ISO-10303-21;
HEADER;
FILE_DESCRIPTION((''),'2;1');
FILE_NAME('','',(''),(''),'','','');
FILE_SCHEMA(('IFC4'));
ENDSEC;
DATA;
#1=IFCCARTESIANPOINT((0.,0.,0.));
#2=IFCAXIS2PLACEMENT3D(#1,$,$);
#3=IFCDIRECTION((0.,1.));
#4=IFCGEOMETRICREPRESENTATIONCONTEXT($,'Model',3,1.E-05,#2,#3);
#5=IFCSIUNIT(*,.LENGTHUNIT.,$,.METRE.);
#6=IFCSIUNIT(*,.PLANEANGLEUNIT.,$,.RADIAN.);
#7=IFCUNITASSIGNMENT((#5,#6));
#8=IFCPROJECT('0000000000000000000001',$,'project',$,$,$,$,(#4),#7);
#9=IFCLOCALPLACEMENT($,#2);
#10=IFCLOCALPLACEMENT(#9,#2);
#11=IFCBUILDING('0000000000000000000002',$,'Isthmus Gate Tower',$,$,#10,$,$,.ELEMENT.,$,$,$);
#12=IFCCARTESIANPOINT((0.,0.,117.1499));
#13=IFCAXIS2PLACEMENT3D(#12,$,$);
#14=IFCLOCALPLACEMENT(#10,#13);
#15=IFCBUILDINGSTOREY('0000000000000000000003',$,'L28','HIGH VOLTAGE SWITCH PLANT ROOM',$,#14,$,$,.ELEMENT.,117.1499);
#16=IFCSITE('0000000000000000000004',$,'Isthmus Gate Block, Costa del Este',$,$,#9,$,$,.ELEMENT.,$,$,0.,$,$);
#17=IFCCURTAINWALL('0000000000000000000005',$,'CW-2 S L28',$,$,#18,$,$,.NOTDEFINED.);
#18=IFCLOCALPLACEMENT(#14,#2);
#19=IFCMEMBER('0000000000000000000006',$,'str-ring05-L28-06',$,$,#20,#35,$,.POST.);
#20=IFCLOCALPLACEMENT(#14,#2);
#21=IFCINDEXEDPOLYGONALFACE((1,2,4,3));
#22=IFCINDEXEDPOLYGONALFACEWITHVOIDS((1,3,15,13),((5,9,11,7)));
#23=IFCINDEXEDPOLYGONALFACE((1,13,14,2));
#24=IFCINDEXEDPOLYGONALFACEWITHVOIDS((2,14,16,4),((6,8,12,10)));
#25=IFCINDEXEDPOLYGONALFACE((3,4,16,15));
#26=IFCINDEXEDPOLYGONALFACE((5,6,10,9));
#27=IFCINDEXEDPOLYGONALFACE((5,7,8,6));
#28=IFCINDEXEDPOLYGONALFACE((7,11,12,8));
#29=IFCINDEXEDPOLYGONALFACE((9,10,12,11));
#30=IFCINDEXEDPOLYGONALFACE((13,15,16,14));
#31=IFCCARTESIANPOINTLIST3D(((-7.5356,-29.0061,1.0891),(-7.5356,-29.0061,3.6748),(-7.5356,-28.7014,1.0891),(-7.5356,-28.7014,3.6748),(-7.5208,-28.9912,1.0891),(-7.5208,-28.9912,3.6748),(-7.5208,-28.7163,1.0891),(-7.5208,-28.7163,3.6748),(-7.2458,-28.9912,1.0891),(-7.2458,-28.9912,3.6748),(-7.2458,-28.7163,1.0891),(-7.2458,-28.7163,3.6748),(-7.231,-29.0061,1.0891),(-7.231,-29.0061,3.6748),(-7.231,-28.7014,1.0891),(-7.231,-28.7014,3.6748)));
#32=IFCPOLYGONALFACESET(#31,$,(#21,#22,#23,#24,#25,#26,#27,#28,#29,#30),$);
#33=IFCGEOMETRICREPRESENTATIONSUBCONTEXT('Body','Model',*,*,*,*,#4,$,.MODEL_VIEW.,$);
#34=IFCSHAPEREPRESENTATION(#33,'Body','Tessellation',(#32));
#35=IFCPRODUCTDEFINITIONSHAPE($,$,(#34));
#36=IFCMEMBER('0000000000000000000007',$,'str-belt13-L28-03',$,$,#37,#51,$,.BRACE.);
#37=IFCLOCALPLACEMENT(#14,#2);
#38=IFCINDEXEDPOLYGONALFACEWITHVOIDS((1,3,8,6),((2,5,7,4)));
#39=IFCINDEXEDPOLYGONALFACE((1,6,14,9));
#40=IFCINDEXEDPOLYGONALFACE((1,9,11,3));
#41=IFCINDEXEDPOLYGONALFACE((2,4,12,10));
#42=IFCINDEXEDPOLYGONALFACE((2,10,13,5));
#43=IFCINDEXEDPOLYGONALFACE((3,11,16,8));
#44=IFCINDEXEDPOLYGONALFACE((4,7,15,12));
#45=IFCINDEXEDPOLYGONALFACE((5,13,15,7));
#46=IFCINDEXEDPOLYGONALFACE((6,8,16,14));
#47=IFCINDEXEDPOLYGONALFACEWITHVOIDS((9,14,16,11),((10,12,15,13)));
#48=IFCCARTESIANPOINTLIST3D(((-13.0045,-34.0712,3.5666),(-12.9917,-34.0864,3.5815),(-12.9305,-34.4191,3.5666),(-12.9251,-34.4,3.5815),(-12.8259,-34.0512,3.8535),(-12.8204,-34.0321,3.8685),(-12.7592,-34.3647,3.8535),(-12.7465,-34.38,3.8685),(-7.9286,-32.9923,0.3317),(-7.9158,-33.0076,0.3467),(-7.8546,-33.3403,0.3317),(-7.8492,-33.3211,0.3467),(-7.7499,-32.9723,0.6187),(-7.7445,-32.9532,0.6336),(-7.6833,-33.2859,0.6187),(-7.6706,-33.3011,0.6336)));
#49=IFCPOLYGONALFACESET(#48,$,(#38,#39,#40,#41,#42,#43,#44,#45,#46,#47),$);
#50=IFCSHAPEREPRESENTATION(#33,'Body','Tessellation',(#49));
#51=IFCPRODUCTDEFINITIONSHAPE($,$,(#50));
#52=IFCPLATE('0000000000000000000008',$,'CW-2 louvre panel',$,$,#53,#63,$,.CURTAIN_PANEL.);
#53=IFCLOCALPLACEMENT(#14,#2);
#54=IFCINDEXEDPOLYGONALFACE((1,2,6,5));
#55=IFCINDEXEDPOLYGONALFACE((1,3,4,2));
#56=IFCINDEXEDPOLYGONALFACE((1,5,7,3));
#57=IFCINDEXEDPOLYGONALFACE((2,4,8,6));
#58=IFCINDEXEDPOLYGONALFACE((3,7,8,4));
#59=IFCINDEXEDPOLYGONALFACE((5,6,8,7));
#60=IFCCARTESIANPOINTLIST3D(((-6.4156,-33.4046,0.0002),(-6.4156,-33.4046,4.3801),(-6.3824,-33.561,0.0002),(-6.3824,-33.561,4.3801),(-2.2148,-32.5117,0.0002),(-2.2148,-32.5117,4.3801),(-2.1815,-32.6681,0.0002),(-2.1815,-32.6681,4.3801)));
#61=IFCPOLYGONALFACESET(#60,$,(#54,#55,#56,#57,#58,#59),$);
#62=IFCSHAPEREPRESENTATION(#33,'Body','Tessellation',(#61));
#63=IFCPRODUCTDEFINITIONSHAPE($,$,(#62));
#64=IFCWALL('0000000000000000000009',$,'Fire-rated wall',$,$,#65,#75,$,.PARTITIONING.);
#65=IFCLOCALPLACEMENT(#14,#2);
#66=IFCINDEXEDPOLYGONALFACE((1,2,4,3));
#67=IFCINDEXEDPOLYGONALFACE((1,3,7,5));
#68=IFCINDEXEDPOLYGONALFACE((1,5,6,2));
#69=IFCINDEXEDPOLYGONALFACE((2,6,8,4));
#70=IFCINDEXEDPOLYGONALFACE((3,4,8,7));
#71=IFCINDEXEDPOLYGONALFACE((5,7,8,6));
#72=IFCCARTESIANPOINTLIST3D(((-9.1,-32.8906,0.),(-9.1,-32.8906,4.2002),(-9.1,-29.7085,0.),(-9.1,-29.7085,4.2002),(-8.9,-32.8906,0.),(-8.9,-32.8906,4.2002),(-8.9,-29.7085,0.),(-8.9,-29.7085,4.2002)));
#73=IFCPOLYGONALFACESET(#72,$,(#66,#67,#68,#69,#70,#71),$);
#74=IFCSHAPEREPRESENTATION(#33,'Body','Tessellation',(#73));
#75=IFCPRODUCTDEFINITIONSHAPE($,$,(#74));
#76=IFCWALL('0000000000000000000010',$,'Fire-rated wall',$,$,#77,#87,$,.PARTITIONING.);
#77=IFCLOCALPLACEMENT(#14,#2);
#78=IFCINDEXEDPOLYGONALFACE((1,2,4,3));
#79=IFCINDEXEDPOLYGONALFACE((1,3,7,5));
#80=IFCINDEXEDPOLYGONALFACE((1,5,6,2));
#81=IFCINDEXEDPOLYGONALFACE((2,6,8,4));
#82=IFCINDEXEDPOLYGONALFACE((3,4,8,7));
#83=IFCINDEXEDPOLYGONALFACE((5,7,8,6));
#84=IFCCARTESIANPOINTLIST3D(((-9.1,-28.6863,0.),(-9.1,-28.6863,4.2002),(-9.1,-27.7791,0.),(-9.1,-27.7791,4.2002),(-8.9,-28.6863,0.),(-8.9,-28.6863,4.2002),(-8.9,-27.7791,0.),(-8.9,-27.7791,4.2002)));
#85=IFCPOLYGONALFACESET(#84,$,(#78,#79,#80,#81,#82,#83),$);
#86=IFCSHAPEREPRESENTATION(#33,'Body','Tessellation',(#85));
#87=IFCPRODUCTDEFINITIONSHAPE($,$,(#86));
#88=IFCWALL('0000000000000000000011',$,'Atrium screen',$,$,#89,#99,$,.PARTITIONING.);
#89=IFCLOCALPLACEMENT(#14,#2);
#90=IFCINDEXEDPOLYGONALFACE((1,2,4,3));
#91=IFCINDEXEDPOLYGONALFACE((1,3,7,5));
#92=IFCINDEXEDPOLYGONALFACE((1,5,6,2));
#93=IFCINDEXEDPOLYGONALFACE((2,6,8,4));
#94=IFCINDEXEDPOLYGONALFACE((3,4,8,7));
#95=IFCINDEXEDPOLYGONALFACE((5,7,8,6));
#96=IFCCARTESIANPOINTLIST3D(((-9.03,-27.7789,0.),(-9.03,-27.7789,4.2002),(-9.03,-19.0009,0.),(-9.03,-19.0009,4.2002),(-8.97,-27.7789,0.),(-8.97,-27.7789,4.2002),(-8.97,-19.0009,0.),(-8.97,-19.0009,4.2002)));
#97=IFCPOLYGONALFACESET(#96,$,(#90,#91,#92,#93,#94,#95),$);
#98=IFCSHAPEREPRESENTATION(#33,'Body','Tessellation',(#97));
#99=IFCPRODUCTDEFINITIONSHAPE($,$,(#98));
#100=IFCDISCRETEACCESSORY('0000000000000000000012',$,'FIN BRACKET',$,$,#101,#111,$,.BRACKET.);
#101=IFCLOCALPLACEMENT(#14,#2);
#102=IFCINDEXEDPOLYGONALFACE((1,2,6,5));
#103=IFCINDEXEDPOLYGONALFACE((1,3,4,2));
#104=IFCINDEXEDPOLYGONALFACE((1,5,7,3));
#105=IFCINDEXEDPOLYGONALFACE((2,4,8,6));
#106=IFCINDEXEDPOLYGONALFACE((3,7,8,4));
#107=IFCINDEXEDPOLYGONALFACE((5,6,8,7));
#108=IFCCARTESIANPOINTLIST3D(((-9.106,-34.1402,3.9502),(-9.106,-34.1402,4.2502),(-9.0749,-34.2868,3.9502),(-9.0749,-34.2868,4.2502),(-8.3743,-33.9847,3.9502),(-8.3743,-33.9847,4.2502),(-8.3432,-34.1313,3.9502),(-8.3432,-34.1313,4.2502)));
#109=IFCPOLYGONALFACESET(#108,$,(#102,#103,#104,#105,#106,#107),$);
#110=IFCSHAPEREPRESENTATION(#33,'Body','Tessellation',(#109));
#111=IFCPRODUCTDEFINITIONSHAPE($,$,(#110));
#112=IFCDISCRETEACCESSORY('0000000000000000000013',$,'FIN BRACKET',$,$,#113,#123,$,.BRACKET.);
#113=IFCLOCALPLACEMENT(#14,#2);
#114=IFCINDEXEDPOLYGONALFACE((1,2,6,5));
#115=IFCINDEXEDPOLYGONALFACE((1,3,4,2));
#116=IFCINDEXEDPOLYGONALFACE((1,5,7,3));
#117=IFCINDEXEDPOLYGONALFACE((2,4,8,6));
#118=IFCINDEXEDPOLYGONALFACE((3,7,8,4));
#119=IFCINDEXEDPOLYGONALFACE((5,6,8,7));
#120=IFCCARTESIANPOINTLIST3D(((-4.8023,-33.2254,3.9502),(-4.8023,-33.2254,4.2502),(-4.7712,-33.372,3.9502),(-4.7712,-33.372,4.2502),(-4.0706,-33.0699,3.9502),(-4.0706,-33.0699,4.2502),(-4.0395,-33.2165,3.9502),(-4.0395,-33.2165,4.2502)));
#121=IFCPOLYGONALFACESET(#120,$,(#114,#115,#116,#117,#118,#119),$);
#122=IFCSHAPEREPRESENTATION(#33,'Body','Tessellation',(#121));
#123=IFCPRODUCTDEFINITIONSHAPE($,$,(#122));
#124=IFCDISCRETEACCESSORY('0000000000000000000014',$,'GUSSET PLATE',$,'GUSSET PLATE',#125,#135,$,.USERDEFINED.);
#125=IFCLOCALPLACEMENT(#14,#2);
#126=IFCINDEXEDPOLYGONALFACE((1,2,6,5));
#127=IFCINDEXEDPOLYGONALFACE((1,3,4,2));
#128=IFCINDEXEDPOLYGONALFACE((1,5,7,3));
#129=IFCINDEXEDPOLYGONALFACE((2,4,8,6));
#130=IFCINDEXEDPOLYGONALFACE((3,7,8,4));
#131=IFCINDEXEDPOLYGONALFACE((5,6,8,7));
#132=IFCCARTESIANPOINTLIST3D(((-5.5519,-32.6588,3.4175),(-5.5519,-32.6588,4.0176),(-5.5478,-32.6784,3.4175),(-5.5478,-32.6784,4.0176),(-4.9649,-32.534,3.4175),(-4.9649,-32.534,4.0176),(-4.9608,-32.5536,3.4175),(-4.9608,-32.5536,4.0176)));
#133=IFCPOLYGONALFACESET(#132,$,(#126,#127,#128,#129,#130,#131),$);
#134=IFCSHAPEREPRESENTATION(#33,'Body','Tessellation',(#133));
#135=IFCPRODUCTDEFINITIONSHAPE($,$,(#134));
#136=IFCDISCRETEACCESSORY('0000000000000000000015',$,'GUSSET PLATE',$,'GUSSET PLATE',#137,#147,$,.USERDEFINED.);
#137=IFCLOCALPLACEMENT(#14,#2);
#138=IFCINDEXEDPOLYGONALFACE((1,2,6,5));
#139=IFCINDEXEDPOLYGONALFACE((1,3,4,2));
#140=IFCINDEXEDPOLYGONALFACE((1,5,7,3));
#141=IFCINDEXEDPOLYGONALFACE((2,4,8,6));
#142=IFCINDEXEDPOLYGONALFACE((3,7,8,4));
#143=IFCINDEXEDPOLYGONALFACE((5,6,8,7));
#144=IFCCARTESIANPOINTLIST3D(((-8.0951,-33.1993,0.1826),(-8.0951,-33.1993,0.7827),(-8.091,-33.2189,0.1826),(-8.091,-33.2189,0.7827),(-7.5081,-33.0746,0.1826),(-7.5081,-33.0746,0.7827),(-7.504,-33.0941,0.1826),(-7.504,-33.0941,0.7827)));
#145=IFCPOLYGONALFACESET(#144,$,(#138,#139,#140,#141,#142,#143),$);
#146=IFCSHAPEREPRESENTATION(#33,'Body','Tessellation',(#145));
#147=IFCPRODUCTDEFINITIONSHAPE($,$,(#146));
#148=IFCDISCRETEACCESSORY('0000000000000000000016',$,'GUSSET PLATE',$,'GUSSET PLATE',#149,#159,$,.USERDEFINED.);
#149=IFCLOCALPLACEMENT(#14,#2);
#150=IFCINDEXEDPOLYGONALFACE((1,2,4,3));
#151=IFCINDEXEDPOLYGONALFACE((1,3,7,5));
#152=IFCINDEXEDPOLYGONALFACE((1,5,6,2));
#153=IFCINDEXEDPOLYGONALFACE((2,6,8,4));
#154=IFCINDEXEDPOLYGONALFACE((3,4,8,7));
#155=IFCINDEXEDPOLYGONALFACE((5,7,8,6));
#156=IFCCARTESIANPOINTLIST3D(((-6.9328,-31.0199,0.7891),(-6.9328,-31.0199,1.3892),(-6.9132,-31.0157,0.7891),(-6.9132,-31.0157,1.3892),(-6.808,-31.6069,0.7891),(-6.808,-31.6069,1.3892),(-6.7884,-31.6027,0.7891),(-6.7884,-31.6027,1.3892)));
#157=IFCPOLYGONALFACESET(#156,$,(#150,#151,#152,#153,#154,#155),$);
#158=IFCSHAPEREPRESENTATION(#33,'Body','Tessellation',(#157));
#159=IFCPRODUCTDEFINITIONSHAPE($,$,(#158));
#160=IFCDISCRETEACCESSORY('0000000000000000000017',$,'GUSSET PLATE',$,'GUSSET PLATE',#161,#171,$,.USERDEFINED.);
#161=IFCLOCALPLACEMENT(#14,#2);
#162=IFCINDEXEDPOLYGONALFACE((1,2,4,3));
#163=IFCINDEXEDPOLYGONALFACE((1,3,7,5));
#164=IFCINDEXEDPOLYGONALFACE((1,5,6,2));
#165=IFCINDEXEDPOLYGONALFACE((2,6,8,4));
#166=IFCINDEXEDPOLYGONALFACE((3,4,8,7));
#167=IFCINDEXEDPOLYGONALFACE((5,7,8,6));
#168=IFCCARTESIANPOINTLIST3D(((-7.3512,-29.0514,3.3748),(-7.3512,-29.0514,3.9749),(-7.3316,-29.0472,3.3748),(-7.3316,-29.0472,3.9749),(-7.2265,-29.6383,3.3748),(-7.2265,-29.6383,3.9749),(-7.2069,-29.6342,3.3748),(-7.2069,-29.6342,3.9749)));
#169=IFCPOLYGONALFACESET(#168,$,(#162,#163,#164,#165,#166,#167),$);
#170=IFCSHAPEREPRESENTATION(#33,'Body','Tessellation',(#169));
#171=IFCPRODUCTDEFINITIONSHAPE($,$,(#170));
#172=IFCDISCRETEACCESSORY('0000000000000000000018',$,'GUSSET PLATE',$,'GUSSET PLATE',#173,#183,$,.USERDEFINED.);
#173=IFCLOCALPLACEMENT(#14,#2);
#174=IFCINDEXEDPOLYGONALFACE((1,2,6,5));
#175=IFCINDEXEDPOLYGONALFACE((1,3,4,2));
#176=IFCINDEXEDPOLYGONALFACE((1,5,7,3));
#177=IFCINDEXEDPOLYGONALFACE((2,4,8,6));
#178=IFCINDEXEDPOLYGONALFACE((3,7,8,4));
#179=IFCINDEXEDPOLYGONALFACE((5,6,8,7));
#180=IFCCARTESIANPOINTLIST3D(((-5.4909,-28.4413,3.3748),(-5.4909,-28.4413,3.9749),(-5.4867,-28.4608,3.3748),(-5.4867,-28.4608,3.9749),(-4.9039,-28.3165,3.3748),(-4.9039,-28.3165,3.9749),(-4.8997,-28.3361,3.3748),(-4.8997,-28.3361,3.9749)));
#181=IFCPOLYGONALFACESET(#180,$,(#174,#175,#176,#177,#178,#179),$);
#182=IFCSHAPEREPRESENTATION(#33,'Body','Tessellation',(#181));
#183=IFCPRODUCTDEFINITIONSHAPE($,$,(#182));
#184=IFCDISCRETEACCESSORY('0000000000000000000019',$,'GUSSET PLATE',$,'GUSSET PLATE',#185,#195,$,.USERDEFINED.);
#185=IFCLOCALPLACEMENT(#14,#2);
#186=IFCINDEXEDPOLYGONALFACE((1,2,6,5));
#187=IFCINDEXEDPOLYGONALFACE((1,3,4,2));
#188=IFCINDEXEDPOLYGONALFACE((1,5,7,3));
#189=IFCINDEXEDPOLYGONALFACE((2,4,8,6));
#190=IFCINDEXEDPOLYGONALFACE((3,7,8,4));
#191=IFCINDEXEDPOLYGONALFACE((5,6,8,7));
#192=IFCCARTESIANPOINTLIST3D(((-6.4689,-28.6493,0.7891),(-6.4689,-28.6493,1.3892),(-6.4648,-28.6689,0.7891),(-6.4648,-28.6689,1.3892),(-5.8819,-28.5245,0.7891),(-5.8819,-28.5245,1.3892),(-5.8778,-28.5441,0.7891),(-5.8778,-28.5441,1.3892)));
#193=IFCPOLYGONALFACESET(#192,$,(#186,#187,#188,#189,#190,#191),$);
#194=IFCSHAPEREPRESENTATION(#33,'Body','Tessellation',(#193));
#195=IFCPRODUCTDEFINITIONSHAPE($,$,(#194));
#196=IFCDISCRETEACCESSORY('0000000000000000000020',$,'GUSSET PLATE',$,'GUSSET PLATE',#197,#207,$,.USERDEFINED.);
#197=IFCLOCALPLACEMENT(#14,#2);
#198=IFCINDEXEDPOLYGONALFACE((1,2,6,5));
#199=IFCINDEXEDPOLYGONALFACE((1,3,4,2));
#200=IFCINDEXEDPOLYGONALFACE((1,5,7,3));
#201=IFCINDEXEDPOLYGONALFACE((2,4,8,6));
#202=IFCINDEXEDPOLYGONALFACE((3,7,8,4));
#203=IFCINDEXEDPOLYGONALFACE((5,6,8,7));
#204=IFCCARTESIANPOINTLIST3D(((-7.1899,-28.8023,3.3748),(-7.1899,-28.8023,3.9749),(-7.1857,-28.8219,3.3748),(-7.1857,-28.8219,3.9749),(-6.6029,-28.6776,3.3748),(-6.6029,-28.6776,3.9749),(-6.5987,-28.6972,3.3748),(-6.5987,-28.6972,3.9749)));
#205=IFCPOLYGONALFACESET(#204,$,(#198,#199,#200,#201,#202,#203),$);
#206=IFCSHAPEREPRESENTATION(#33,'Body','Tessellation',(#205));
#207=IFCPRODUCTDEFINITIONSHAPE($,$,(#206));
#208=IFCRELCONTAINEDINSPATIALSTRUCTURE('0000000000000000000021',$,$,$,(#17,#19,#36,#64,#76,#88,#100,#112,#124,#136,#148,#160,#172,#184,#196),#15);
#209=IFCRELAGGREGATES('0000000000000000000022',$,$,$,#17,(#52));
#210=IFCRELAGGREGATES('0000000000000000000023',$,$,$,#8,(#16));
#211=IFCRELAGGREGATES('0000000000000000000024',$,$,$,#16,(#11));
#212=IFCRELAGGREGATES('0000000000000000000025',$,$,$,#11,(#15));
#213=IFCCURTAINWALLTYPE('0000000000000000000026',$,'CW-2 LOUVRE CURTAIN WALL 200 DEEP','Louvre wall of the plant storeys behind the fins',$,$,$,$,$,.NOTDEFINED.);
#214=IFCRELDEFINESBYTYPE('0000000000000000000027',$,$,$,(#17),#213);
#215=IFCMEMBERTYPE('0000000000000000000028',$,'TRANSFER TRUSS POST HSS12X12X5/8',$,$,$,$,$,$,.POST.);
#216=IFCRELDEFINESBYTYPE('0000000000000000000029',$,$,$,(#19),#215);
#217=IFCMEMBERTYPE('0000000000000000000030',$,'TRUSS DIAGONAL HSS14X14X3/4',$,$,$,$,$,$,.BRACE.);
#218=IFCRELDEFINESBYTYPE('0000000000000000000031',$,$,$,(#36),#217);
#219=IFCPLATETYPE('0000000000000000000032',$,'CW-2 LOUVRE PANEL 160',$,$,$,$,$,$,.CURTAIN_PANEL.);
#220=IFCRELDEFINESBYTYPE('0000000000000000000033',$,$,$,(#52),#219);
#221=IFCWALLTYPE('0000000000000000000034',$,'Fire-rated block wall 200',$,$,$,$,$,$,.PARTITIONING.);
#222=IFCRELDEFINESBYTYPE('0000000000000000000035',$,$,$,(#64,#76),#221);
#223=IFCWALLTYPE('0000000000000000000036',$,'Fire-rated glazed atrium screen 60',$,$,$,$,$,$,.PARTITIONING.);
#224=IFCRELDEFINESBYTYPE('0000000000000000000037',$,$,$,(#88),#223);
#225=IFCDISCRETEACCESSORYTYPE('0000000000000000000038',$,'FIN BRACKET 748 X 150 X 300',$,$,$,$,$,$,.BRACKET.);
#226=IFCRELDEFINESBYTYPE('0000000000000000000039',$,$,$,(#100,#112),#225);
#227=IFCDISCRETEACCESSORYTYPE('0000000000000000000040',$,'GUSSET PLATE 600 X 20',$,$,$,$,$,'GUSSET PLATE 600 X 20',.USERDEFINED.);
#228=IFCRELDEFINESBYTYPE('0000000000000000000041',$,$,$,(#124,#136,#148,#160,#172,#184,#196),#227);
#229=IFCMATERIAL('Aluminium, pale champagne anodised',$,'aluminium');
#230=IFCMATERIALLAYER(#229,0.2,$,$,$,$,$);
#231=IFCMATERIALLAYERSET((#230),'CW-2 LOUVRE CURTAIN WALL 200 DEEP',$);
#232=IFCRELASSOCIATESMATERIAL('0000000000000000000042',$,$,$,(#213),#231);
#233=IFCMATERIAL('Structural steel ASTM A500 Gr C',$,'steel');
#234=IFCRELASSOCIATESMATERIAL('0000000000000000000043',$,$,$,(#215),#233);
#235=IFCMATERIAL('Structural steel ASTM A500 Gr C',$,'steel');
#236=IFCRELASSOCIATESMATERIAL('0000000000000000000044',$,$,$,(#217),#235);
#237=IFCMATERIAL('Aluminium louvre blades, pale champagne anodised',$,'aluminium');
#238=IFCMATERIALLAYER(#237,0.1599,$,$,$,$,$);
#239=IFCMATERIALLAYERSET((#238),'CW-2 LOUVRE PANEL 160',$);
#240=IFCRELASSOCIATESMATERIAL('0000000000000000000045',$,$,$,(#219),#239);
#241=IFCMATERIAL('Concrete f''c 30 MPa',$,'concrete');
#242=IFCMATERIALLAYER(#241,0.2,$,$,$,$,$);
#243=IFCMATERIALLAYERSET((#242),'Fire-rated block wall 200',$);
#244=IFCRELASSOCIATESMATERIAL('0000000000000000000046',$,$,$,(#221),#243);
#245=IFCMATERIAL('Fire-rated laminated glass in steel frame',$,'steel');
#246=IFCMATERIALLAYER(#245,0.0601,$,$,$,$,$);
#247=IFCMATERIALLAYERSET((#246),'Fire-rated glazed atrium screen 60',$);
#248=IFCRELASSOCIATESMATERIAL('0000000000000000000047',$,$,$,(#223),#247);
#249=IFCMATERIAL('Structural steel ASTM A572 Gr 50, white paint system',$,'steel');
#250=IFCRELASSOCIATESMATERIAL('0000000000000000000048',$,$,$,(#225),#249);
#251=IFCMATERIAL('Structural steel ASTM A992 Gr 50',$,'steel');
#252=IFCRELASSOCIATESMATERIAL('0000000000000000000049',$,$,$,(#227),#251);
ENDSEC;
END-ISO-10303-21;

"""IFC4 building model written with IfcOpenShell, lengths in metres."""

from ifc_helpers import new_model, si_unit, direction, frame, frame_2d, origin, origin_2d, place, context, subcontext, project, spatial, rectangle, hollow_rectangle, extrude, material, layer, layer_set, material_profile, profile_set, type_object, element, aggregate, save


model = new_model("IFC4")

# Units and contexts
model_context = context("Model", 3, precision=1e-05, world=origin(), true_north=direction((0.0, 1.0)))
body_context = subcontext(model_context, "Body", "Model", "MODEL_VIEW")
ifc_project = project(units=[si_unit("LENGTHUNIT", "METRE"), si_unit("PLANEANGLEUNIT", "RADIAN")], contexts=[model_context])

# Site, building, storey
site_placement = place(None, origin())
site = spatial("IfcSite", under=ifc_project, at=site_placement, Name="Isthmus Gate Block, Costa del Este", CompositionType="ELEMENT", RefElevation=0.0)
building_placement = place(site_placement, origin())
building = spatial("IfcBuilding", under=site, at=building_placement, Name="Isthmus Gate Tower", CompositionType="ELEMENT")
storey_placement = place(building_placement, frame((0.0, 0.0, 117.1499)))
storey = spatial("IfcBuildingStorey", under=building, at=storey_placement, Name="L28", Description="HIGH VOLTAGE SWITCH PLANT ROOM", CompositionType="ELEMENT", Elevation=117.1499)

# Curtain wall
ifc_material_1 = material(Name="Aluminium, pale champagne anodised", Category="aluminium")
ifc_layer_1 = layer(ifc_material_1, 0.2)
ifc_layer_set_1 = layer_set([ifc_layer_1], Name="CW-2 LOUVRE CURTAIN WALL 200 DEEP")
curtain_wall_type = type_object("IfcCurtainWallType", Name="CW-2 LOUVRE CURTAIN WALL 200 DEEP", Description="Louvre wall of the plant storeys behind the fins", PredefinedType="NOTDEFINED", material=ifc_layer_set_1)
curtain_wall_placement = place(storey_placement, origin())
curtain_wall = element("IfcCurtainWall", 1, at=curtain_wall_placement, inside=storey, type_object=curtain_wall_type, Name="CW-2 S L28", PredefinedType="NOTDEFINED")

# Members
ifc_material_2 = material(Name="Structural steel ASTM A500 Gr C", Category="steel")
ifc_material_profile_1 = material_profile(ifc_material_2, hollow_rectangle(XDim=0.3047, YDim=0.3047, WallThickness=0.0149, at=origin_2d()), Name="HSS12X12X5/8")
ifc_profile_set_1 = profile_set([ifc_material_profile_1], Name="Structural steel ASTM A500 Gr C")
member_type_1 = type_object("IfcMemberType", Name="TRANSFER TRUSS POST HSS12X12X5/8", PredefinedType="POST", material=ifc_profile_set_1)
member_1_placement = place(storey_placement, frame((-7.3833, -28.8538, 1.0891), z_axis=(0.0, 0.0, 1.0), x_axis=(1.0, 0.0, 0.0)))
element("IfcMember", 2, at=member_1_placement, inside=storey, type_object=member_type_1, Name="str-ring05-L28-06", PredefinedType="POST", context=body_context, shape_type="SweptSolid", body=[
    extrude(hollow_rectangle(XDim=0.3047, YDim=0.3047, WallThickness=0.0149, at=origin_2d()), origin(), (0.0, 0.0, 1.0), 2.5857),
])
ifc_material_3 = material(Name="Structural steel ASTM A500 Gr C", Category="steel")
ifc_material_profile_2 = material_profile(ifc_material_3, hollow_rectangle(XDim=0.3557, YDim=0.3557, WallThickness=0.0176, at=origin_2d()), Name="HSS14X14X3/4")
ifc_profile_set_2 = profile_set([ifc_material_profile_2], Name="Structural steel ASTM A500 Gr C")
member_type_2 = type_object("IfcMemberType", Name="TRUSS DIAGONAL HSS14X14X3/4", PredefinedType="BRACE", material=ifc_profile_set_2)
member_2_placement = place(storey_placement, frame((-7.7996, -33.1467, 0.4827), z_axis=(-0.830077, -0.176428, 0.529004), x_axis=(0.2079, -0.97815, 0.0)))
element("IfcMember", 3, at=member_2_placement, inside=storey, type_object=member_type_2, Name="str-belt13-L28-03", PredefinedType="BRACE", context=body_context, shape_type="SweptSolid", body=[
    extrude(hollow_rectangle(XDim=0.3557, YDim=0.3557, WallThickness=0.0176, at=origin_2d()), origin(), (0.0, 0.0, 1.0), 6.115),
])

# Plate
ifc_material_4 = material(Name="Aluminium louvre blades, pale champagne anodised", Category="aluminium")
ifc_layer_2 = layer(ifc_material_4, 0.1599)
ifc_layer_set_2 = layer_set([ifc_layer_2], Name="CW-2 LOUVRE PANEL 160")
plate_type = type_object("IfcPlateType", Name="CW-2 LOUVRE PANEL 160", PredefinedType="CURTAIN_PANEL", material=ifc_layer_set_2)
plate_placement = place(storey_placement, frame((-4.2986, -33.0364, 0.0002), z_axis=(0.0, 0.0, 1.0), x_axis=(0.978148, 0.207912, 0.0)))
plate = element("IfcPlate", 4, at=plate_placement, type_object=plate_type, Name="CW-2 louvre panel", PredefinedType="CURTAIN_PANEL", context=body_context, shape_type="SweptSolid", body=[
    extrude(rectangle(XDim=4.2947, YDim=0.1599, at=origin_2d()), origin(), (0.0, 0.0, 1.0), 4.3799),
])
aggregate(curtain_wall, [plate])

# Walls
ifc_material_5 = material(Name="Concrete f'c 30 MPa", Category="concrete")
ifc_layer_3 = layer(ifc_material_5, 0.2)
ifc_layer_set_3 = layer_set([ifc_layer_3], Name="Fire-rated block wall 200")
wall_type_1 = type_object("IfcWallType", Name="Fire-rated block wall 200", PredefinedType="PARTITIONING", material=ifc_layer_set_3)
wall_1_placement = place(storey_placement, frame((-9.0, -32.8906, 0.0), z_axis=(0.0, 0.0, 1.0), x_axis=(0.0, 1.0, 0.0)))
element("IfcWall", 5, at=wall_1_placement, inside=storey, type_object=wall_type_1, Name="Fire-rated wall", PredefinedType="PARTITIONING", context=body_context, shape_type="SweptSolid", body=[
    extrude(rectangle(XDim=3.1821, YDim=0.2, at=frame_2d((1.5911, 0.0))), origin(), (0.0, 0.0, 1.0), 4.2002),
])
wall_2_placement = place(storey_placement, frame((-9.0, -28.6863, 0.0), z_axis=(0.0, 0.0, 1.0), x_axis=(0.0, 1.0, 0.0)))
element("IfcWall", 6, at=wall_2_placement, inside=storey, type_object=wall_type_1, Name="Fire-rated wall", PredefinedType="PARTITIONING", context=body_context, shape_type="SweptSolid", body=[
    extrude(rectangle(XDim=0.9072, YDim=0.2, at=frame_2d((0.4536, 0.0))), origin(), (0.0, 0.0, 1.0), 4.2002),
])
ifc_material_6 = material(Name="Fire-rated laminated glass in steel frame", Category="steel")
ifc_layer_4 = layer(ifc_material_6, 0.0601)
ifc_layer_set_4 = layer_set([ifc_layer_4], Name="Fire-rated glazed atrium screen 60")
wall_type_2 = type_object("IfcWallType", Name="Fire-rated glazed atrium screen 60", PredefinedType="PARTITIONING", material=ifc_layer_set_4)
wall_3_placement = place(storey_placement, frame((-9.0, -27.7791, 0.0), z_axis=(0.0, 0.0, 1.0), x_axis=(0.0, 1.0, 0.0)))
element("IfcWall", 7, at=wall_3_placement, inside=storey, type_object=wall_type_2, Name="Atrium screen", PredefinedType="PARTITIONING", context=body_context, shape_type="SweptSolid", body=[
    extrude(rectangle(XDim=8.7781, YDim=0.0601, at=frame_2d((4.3892, 0.0))), origin(), (0.0, 0.0, 1.0), 4.2002),
])

# Discrete accessories
ifc_material_7 = material(Name="Structural steel ASTM A572 Gr 50, white paint system", Category="steel")
discrete_accessory_type_1 = type_object("IfcDiscreteAccessoryType", Name="FIN BRACKET 748 X 150 X 300", PredefinedType="BRACKET", material=ifc_material_7)
for number, where, z_axis, x_axis, name in (
    (8, (-8.7246, -34.1357, 3.9502), (0.0, 0.0, 1.0), (0.207912, -0.978148, 0.0), "FIN BRACKET"),
    (9, (-4.4209, -33.2209, 3.9502), (0.0, 0.0, 1.0), (0.207912, -0.978148, 0.0), "FIN BRACKET"),
):
    element("IfcDiscreteAccessory", number, at=place(storey_placement, frame(where, z_axis=z_axis, x_axis=x_axis)), inside=storey, type_object=discrete_accessory_type_1, Name=name, PredefinedType="BRACKET", context=body_context, shape_type="SweptSolid", body=[
        extrude(rectangle(XDim=0.1499, YDim=0.748, at=origin_2d()), origin(), (0.0, 0.0, 1.0), 0.3),
    ])
ifc_material_8 = material(Name="Structural steel ASTM A992 Gr 50", Category="steel")
discrete_accessory_type_2 = type_object("IfcDiscreteAccessoryType", Name="GUSSET PLATE 600 X 20", ElementType="GUSSET PLATE 600 X 20", PredefinedType="USERDEFINED", material=ifc_material_8)
for number, where, z_axis, x_axis, name in (
    (10, (-5.2563, -32.6062, 3.4175), (0.0, 0.0, 1.0), (-0.978148, -0.207912, 0.0), "GUSSET PLATE"),
    (11, (-7.7996, -33.1467, 0.1826), (0.0, 0.0, 1.0), (-0.978148, -0.207912, 0.0), "GUSSET PLATE"),
    (12, (-6.8606, -31.3113, 0.7891), (0.0, 0.0, 1.0), (-0.207912, 0.978148, 0.0), "GUSSET PLATE"),
    (13, (-7.2791, -29.3428, 3.3748), (0.0, 0.0, 1.0), (-0.207912, 0.978148, 0.0), "GUSSET PLATE"),
    (14, (-5.1953, -28.3887, 3.3748), (0.0, 0.0, 1.0), (-0.978148, -0.207912, 0.0), "GUSSET PLATE"),
    (15, (-6.1733, -28.5967, 0.7891), (0.0, 0.0, 1.0), (-0.978148, -0.207912, 0.0), "GUSSET PLATE"),
    (16, (-6.8943, -28.7498, 3.3748), (0.0, 0.0, 1.0), (-0.978148, -0.207912, 0.0), "GUSSET PLATE"),
):
    element("IfcDiscreteAccessory", number, at=place(storey_placement, frame(where, z_axis=z_axis, x_axis=x_axis)), inside=storey, type_object=discrete_accessory_type_2, Name=name, ObjectType="GUSSET PLATE", PredefinedType="USERDEFINED", context=body_context, shape_type="SweptSolid", body=[
        extrude(rectangle(XDim=0.6001, YDim=0.02, at=origin_2d()), origin(), (0.0, 0.0, 1.0), 0.6001),
    ])

save(model, "model.ifc")
